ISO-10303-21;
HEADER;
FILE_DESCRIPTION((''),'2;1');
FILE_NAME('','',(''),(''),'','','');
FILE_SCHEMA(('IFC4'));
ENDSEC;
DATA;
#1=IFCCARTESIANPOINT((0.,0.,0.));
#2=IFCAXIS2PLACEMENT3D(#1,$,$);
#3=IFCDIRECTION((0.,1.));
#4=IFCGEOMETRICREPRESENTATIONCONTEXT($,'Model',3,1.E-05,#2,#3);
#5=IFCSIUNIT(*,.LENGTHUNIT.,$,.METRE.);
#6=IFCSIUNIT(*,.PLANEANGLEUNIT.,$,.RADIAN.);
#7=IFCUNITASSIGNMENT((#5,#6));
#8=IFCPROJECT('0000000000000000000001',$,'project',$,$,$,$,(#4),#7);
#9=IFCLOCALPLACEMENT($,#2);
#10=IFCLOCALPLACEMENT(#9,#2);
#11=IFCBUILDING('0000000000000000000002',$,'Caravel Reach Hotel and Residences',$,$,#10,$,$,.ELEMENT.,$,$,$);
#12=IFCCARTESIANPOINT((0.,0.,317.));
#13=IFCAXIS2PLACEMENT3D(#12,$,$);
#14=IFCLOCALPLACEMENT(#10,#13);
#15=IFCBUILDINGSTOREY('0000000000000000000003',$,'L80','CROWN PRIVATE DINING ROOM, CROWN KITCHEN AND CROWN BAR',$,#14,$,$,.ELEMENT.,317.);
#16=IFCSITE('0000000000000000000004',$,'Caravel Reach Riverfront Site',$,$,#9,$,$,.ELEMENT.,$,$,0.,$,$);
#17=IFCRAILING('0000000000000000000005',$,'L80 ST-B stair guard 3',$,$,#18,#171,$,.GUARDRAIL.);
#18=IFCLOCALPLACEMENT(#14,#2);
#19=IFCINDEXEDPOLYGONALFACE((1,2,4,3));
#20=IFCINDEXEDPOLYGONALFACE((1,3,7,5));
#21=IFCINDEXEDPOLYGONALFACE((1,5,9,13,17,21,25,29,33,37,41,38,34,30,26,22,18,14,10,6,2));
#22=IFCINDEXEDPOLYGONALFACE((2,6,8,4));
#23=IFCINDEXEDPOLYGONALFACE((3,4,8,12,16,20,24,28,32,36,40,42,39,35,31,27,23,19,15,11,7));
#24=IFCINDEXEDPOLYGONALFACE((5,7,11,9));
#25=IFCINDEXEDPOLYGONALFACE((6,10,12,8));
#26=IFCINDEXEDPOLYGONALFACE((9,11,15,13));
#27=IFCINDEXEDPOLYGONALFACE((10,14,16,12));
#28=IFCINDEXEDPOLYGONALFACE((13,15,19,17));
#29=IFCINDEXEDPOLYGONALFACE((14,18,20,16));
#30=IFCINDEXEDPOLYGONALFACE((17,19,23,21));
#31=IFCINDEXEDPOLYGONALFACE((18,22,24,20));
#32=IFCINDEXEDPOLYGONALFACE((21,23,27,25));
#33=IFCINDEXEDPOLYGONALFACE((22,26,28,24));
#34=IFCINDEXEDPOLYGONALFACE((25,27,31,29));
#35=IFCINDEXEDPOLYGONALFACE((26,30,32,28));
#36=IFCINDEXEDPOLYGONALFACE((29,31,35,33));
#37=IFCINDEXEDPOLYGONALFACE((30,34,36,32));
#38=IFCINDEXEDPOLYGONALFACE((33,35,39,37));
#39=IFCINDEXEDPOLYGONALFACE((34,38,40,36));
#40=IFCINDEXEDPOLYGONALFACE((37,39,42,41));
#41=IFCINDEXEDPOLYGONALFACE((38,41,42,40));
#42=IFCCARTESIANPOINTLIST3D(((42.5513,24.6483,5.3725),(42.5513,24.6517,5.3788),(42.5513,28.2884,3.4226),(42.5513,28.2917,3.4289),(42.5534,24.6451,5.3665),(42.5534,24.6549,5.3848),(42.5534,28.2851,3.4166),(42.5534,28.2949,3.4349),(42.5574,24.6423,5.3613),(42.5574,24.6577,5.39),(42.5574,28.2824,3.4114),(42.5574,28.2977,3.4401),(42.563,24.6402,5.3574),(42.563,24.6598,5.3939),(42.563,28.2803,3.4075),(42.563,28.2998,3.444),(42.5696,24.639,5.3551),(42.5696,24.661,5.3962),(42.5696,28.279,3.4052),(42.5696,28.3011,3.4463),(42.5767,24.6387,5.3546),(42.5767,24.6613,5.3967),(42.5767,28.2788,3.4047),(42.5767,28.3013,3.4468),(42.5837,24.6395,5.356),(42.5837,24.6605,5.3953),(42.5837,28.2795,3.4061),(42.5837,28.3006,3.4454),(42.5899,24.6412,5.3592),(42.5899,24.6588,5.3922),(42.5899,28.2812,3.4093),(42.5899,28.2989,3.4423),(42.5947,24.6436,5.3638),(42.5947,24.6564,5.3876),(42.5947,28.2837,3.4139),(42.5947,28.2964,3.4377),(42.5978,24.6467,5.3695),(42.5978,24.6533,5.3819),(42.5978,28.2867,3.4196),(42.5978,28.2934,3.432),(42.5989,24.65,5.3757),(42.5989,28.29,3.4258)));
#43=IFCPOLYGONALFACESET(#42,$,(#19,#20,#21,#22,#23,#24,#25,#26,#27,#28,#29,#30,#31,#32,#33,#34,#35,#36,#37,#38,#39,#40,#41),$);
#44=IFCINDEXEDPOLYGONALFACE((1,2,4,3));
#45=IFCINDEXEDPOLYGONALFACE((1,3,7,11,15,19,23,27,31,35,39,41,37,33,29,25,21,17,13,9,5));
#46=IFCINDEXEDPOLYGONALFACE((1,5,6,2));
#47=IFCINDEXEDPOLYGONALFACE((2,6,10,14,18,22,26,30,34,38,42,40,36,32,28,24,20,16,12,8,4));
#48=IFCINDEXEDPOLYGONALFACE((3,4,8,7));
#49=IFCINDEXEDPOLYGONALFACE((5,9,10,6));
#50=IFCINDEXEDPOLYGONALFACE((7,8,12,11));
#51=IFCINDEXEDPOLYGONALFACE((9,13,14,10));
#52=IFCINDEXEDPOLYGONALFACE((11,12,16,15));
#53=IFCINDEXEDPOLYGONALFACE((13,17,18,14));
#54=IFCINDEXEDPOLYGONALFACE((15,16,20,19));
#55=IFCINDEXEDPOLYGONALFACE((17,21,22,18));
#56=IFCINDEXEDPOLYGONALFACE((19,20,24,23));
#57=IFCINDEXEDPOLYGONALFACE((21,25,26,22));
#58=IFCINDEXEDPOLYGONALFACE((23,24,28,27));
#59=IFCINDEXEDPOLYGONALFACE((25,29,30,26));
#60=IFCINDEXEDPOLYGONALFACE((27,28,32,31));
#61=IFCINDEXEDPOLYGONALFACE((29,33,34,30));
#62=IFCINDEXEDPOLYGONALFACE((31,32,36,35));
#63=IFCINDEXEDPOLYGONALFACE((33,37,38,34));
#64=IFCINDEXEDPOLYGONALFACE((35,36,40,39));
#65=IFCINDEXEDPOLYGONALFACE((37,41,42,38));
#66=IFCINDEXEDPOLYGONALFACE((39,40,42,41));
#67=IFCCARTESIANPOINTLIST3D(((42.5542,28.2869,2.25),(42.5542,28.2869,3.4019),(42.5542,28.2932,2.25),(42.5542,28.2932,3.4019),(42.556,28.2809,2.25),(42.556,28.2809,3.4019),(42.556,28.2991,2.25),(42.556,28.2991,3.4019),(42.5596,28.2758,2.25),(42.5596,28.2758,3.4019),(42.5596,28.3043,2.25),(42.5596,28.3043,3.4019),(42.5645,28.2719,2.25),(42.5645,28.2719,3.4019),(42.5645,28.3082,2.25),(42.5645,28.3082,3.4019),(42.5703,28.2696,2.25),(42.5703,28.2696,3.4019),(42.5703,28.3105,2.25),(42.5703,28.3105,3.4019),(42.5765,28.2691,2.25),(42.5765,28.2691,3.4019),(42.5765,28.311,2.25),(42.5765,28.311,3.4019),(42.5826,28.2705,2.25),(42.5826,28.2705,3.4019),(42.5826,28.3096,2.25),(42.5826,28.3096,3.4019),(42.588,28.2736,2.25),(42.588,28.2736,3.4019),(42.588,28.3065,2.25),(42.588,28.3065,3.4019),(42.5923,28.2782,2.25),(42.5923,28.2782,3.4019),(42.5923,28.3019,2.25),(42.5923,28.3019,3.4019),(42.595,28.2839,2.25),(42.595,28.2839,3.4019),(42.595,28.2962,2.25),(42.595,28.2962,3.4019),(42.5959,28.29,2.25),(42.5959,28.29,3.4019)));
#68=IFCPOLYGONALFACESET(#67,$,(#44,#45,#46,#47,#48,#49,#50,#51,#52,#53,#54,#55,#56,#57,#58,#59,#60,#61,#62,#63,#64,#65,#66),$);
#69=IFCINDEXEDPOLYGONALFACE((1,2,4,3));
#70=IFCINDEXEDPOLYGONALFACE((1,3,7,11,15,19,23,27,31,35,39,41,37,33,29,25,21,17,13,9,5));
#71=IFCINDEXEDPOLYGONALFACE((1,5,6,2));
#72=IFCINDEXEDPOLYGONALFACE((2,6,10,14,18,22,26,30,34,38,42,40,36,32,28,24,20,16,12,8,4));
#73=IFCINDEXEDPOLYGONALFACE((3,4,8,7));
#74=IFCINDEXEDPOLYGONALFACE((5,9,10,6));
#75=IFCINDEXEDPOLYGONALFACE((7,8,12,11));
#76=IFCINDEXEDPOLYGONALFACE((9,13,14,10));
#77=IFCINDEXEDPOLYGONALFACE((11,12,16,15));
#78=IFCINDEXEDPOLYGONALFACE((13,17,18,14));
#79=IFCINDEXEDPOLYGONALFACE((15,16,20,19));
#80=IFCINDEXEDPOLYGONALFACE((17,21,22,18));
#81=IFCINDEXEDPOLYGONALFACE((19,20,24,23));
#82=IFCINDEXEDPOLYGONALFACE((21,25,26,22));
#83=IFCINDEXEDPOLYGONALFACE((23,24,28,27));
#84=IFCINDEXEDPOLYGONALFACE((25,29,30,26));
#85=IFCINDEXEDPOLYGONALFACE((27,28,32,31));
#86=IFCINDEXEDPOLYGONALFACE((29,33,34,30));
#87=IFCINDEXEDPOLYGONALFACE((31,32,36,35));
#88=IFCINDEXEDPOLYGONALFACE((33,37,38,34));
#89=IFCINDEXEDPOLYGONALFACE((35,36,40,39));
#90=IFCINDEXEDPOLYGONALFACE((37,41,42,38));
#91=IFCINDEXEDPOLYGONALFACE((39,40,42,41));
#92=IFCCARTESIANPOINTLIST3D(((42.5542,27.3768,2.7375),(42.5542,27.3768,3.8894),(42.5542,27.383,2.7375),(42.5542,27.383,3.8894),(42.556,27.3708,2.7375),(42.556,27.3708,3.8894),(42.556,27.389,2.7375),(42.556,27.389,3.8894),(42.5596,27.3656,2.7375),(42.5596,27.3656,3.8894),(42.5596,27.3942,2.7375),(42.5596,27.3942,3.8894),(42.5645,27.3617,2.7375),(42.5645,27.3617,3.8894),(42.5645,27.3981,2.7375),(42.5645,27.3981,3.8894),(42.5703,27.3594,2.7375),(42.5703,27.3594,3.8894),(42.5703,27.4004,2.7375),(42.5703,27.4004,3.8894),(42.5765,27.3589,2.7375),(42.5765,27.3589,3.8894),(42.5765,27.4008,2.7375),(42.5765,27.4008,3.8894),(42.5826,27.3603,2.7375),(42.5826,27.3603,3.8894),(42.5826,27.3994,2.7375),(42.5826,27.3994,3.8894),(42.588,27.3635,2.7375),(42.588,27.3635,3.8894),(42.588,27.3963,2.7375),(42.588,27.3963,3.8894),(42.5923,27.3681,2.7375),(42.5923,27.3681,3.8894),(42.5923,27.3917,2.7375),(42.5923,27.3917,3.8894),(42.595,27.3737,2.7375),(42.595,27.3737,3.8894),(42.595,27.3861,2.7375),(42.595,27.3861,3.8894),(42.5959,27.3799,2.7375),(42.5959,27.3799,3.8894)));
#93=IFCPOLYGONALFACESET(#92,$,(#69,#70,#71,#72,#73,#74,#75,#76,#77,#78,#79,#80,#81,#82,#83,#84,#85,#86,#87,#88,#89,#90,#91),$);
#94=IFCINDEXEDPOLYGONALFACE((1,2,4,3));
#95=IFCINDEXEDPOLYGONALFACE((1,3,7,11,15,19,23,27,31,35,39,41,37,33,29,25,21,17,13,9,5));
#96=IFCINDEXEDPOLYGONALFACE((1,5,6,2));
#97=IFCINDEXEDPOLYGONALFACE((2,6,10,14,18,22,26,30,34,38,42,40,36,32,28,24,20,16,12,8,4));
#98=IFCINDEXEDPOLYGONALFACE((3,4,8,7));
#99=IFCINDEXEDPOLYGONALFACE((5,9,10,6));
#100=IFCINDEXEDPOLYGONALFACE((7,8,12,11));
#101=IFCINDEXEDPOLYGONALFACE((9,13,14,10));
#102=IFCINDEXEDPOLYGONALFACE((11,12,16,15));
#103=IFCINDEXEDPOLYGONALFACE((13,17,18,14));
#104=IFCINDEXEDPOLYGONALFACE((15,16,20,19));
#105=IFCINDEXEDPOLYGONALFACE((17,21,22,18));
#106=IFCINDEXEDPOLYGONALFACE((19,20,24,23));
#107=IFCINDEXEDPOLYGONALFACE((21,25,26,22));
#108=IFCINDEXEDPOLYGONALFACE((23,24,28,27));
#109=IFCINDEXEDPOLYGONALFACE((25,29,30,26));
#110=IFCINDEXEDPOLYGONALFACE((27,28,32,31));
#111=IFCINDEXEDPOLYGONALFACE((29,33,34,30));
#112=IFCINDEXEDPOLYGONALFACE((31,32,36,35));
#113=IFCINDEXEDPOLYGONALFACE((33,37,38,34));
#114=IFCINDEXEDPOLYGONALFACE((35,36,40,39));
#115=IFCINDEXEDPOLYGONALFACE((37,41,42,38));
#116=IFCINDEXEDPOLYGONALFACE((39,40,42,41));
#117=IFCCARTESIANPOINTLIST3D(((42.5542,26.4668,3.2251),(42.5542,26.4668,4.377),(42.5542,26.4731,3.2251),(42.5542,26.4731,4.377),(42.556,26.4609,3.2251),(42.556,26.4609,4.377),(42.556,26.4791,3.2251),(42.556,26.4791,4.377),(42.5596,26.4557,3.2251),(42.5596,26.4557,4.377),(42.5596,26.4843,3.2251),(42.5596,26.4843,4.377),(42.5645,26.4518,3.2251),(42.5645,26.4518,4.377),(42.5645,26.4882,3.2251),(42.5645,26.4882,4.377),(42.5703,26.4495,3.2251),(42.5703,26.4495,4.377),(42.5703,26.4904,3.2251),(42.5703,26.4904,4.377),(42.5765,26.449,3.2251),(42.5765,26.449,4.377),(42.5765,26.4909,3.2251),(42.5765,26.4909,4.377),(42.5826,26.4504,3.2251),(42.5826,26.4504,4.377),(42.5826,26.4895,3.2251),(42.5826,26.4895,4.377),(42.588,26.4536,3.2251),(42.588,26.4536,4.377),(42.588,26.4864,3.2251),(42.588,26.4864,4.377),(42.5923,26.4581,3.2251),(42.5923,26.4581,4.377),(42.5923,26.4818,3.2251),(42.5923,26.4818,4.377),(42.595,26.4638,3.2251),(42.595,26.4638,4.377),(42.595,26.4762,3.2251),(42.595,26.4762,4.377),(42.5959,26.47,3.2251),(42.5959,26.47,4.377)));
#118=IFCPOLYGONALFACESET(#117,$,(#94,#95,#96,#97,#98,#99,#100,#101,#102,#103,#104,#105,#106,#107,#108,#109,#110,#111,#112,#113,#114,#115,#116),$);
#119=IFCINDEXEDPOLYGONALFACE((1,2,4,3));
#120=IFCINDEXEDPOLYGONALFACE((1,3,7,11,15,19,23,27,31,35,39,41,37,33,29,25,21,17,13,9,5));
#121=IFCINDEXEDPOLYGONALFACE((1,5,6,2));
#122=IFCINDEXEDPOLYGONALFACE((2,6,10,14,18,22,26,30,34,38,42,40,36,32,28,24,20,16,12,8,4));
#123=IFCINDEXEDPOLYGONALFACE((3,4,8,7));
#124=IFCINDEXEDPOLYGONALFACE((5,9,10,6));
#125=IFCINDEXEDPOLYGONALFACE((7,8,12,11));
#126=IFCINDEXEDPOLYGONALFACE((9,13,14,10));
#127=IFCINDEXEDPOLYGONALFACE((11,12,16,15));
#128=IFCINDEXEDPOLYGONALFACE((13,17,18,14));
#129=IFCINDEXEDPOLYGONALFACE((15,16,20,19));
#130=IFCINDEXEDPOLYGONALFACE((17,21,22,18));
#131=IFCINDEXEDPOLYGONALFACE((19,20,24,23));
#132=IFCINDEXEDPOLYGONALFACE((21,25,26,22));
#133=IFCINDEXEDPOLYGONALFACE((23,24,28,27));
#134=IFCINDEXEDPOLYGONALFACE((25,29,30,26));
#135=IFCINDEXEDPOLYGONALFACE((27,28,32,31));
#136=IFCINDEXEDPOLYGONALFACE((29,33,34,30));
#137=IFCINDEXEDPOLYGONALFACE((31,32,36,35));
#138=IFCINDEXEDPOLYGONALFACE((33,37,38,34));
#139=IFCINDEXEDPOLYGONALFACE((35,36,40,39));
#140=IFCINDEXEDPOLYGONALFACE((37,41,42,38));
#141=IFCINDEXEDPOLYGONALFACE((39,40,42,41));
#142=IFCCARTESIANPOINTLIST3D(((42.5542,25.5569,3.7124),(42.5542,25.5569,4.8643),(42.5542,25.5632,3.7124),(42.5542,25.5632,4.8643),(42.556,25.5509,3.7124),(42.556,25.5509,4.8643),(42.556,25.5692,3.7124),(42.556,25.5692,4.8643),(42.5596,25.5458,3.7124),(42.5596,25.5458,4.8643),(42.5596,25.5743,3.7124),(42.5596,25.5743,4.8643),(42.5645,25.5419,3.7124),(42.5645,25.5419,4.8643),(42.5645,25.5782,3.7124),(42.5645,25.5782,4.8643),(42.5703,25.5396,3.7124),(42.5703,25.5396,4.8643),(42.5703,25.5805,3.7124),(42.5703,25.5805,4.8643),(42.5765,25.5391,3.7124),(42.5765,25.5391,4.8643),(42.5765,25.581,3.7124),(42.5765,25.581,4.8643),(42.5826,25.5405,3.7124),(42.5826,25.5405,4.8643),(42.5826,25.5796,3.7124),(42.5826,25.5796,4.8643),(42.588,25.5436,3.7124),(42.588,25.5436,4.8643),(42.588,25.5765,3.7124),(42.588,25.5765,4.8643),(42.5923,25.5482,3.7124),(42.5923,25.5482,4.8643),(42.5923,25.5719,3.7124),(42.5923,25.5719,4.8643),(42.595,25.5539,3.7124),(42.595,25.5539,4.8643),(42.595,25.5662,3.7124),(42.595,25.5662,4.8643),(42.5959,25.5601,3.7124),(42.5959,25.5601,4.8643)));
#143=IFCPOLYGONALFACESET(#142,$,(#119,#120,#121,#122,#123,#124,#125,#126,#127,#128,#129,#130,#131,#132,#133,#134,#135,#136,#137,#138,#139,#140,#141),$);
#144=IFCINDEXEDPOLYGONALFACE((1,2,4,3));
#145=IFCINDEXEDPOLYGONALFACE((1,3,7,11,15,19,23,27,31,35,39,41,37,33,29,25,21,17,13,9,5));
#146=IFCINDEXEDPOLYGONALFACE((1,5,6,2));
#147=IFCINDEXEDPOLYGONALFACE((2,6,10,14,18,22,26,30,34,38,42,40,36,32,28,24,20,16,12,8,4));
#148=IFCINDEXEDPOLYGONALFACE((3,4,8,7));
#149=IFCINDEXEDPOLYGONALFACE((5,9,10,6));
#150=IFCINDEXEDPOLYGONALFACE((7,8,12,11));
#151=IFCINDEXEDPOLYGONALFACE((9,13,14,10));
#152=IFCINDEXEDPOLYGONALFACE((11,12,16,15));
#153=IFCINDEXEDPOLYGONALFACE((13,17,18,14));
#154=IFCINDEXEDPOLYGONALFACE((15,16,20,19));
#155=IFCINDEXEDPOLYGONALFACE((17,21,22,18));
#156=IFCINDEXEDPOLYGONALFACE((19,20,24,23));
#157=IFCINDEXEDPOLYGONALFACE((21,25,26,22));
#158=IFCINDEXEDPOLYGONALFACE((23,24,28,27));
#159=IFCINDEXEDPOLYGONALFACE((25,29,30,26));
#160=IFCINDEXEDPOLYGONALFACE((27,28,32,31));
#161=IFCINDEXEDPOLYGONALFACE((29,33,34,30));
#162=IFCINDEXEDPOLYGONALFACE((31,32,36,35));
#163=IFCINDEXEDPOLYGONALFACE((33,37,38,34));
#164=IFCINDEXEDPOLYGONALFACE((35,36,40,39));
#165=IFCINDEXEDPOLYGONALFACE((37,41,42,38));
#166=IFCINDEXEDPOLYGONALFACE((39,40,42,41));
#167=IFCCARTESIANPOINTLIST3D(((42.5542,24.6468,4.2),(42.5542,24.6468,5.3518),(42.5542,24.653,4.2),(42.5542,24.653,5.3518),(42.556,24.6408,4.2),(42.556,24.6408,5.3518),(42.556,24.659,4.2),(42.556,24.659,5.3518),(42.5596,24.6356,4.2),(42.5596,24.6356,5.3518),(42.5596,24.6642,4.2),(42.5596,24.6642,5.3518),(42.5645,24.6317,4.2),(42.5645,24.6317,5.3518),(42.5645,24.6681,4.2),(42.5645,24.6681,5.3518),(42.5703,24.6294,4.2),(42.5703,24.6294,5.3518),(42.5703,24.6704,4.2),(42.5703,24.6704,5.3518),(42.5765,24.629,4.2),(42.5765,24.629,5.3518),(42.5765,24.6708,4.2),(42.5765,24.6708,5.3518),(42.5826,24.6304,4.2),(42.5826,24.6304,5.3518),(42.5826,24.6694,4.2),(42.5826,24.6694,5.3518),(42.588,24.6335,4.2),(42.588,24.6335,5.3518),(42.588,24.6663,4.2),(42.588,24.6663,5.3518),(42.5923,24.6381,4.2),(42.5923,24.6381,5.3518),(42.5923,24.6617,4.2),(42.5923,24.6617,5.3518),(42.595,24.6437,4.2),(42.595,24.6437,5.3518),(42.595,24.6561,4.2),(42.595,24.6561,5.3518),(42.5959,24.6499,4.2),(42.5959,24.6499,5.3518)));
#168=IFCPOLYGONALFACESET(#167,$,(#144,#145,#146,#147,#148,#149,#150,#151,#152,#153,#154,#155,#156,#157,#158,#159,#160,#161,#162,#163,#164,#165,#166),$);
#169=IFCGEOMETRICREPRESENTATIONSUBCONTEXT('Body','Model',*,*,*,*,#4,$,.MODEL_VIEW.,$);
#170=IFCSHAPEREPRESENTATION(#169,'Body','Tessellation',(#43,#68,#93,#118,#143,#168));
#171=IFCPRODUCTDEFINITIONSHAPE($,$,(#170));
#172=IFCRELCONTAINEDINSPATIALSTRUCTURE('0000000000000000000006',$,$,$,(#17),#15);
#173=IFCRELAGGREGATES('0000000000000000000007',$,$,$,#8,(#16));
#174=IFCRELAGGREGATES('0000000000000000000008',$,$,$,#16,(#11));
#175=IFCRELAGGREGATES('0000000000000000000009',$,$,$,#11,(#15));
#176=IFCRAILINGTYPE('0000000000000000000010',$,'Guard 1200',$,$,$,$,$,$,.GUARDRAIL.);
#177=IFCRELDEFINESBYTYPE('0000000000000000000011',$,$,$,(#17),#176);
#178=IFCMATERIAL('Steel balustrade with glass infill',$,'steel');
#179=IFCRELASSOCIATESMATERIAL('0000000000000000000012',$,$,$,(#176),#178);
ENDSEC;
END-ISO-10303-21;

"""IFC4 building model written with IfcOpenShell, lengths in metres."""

from ifc_helpers import new_model, si_unit, direction, frame, origin, origin_2d, place, context, subcontext, project, spatial, circle, extrude, material, type_object, element, save


model = new_model("IFC4")

# Units and contexts
model_context = context("Model", 3, precision=1e-05, world=origin(), true_north=direction((0.0, 1.0)))
body_context = subcontext(model_context, "Body", "Model", "MODEL_VIEW")
ifc_project = project(units=[si_unit("LENGTHUNIT", "METRE"), si_unit("PLANEANGLEUNIT", "RADIAN")], contexts=[model_context])

# Site, building, storey
site_placement = place(None, origin())
site = spatial("IfcSite", under=ifc_project, at=site_placement, Name="Caravel Reach Riverfront Site", CompositionType="ELEMENT", RefElevation=0.0)
building_placement = place(site_placement, origin())
building = spatial("IfcBuilding", under=site, at=building_placement, Name="Caravel Reach Hotel and Residences", CompositionType="ELEMENT")
storey_placement = place(building_placement, frame((0.0, 0.0, 317.0)))
storey = spatial("IfcBuildingStorey", under=building, at=storey_placement, Name="L80", Description="CROWN PRIVATE DINING ROOM, CROWN KITCHEN AND CROWN BAR", CompositionType="ELEMENT", Elevation=317.0)

# Railing
ifc_material_1 = material(Name="Steel balustrade with glass infill", Category="steel")
railing_type_1 = type_object("IfcRailingType", Name="Guard 1200", PredefinedType="GUARDRAIL", material=ifc_material_1)
railing_1_placement = place(storey_placement, frame((42.575, 28.29, 2.25)))
element("IfcRailing", 1, at=railing_1_placement, inside=storey, type_object=railing_type_1, Name="L80 ST-B stair guard 3", PredefinedType="GUARDRAIL", context=body_context, shape_type="SweptSolid", body=[
    extrude(circle(Radius=0.0239, at=origin_2d()), frame((0.0, 0.0, 1.1758), z_axis=(0.0, -0.881492, 0.472198), x_axis=(1.0, 0.0, 0.0)), (0.0, 0.0, 1.0), 4.1294),
    extrude(circle(Radius=0.021, at=origin_2d()), origin(), (0.0, 0.0, 1.0), 1.1519),
    extrude(circle(Radius=0.021, at=origin_2d()), frame((0.0, -0.9102, 0.4875)), (0.0, 0.0, 1.0), 1.1519),
    extrude(circle(Radius=0.021, at=origin_2d()), frame((0.0, -1.8201, 0.9751)), (0.0, 0.0, 1.0), 1.1519),
    extrude(circle(Radius=0.021, at=origin_2d()), frame((0.0, -2.73, 1.4624)), (0.0, 0.0, 1.0), 1.1519),
    extrude(circle(Radius=0.021, at=origin_2d()), frame((0.0, -3.6401, 1.95)), (0.0, 0.0, 1.0), 1.1519),
])

save(model, "model.ifc")
